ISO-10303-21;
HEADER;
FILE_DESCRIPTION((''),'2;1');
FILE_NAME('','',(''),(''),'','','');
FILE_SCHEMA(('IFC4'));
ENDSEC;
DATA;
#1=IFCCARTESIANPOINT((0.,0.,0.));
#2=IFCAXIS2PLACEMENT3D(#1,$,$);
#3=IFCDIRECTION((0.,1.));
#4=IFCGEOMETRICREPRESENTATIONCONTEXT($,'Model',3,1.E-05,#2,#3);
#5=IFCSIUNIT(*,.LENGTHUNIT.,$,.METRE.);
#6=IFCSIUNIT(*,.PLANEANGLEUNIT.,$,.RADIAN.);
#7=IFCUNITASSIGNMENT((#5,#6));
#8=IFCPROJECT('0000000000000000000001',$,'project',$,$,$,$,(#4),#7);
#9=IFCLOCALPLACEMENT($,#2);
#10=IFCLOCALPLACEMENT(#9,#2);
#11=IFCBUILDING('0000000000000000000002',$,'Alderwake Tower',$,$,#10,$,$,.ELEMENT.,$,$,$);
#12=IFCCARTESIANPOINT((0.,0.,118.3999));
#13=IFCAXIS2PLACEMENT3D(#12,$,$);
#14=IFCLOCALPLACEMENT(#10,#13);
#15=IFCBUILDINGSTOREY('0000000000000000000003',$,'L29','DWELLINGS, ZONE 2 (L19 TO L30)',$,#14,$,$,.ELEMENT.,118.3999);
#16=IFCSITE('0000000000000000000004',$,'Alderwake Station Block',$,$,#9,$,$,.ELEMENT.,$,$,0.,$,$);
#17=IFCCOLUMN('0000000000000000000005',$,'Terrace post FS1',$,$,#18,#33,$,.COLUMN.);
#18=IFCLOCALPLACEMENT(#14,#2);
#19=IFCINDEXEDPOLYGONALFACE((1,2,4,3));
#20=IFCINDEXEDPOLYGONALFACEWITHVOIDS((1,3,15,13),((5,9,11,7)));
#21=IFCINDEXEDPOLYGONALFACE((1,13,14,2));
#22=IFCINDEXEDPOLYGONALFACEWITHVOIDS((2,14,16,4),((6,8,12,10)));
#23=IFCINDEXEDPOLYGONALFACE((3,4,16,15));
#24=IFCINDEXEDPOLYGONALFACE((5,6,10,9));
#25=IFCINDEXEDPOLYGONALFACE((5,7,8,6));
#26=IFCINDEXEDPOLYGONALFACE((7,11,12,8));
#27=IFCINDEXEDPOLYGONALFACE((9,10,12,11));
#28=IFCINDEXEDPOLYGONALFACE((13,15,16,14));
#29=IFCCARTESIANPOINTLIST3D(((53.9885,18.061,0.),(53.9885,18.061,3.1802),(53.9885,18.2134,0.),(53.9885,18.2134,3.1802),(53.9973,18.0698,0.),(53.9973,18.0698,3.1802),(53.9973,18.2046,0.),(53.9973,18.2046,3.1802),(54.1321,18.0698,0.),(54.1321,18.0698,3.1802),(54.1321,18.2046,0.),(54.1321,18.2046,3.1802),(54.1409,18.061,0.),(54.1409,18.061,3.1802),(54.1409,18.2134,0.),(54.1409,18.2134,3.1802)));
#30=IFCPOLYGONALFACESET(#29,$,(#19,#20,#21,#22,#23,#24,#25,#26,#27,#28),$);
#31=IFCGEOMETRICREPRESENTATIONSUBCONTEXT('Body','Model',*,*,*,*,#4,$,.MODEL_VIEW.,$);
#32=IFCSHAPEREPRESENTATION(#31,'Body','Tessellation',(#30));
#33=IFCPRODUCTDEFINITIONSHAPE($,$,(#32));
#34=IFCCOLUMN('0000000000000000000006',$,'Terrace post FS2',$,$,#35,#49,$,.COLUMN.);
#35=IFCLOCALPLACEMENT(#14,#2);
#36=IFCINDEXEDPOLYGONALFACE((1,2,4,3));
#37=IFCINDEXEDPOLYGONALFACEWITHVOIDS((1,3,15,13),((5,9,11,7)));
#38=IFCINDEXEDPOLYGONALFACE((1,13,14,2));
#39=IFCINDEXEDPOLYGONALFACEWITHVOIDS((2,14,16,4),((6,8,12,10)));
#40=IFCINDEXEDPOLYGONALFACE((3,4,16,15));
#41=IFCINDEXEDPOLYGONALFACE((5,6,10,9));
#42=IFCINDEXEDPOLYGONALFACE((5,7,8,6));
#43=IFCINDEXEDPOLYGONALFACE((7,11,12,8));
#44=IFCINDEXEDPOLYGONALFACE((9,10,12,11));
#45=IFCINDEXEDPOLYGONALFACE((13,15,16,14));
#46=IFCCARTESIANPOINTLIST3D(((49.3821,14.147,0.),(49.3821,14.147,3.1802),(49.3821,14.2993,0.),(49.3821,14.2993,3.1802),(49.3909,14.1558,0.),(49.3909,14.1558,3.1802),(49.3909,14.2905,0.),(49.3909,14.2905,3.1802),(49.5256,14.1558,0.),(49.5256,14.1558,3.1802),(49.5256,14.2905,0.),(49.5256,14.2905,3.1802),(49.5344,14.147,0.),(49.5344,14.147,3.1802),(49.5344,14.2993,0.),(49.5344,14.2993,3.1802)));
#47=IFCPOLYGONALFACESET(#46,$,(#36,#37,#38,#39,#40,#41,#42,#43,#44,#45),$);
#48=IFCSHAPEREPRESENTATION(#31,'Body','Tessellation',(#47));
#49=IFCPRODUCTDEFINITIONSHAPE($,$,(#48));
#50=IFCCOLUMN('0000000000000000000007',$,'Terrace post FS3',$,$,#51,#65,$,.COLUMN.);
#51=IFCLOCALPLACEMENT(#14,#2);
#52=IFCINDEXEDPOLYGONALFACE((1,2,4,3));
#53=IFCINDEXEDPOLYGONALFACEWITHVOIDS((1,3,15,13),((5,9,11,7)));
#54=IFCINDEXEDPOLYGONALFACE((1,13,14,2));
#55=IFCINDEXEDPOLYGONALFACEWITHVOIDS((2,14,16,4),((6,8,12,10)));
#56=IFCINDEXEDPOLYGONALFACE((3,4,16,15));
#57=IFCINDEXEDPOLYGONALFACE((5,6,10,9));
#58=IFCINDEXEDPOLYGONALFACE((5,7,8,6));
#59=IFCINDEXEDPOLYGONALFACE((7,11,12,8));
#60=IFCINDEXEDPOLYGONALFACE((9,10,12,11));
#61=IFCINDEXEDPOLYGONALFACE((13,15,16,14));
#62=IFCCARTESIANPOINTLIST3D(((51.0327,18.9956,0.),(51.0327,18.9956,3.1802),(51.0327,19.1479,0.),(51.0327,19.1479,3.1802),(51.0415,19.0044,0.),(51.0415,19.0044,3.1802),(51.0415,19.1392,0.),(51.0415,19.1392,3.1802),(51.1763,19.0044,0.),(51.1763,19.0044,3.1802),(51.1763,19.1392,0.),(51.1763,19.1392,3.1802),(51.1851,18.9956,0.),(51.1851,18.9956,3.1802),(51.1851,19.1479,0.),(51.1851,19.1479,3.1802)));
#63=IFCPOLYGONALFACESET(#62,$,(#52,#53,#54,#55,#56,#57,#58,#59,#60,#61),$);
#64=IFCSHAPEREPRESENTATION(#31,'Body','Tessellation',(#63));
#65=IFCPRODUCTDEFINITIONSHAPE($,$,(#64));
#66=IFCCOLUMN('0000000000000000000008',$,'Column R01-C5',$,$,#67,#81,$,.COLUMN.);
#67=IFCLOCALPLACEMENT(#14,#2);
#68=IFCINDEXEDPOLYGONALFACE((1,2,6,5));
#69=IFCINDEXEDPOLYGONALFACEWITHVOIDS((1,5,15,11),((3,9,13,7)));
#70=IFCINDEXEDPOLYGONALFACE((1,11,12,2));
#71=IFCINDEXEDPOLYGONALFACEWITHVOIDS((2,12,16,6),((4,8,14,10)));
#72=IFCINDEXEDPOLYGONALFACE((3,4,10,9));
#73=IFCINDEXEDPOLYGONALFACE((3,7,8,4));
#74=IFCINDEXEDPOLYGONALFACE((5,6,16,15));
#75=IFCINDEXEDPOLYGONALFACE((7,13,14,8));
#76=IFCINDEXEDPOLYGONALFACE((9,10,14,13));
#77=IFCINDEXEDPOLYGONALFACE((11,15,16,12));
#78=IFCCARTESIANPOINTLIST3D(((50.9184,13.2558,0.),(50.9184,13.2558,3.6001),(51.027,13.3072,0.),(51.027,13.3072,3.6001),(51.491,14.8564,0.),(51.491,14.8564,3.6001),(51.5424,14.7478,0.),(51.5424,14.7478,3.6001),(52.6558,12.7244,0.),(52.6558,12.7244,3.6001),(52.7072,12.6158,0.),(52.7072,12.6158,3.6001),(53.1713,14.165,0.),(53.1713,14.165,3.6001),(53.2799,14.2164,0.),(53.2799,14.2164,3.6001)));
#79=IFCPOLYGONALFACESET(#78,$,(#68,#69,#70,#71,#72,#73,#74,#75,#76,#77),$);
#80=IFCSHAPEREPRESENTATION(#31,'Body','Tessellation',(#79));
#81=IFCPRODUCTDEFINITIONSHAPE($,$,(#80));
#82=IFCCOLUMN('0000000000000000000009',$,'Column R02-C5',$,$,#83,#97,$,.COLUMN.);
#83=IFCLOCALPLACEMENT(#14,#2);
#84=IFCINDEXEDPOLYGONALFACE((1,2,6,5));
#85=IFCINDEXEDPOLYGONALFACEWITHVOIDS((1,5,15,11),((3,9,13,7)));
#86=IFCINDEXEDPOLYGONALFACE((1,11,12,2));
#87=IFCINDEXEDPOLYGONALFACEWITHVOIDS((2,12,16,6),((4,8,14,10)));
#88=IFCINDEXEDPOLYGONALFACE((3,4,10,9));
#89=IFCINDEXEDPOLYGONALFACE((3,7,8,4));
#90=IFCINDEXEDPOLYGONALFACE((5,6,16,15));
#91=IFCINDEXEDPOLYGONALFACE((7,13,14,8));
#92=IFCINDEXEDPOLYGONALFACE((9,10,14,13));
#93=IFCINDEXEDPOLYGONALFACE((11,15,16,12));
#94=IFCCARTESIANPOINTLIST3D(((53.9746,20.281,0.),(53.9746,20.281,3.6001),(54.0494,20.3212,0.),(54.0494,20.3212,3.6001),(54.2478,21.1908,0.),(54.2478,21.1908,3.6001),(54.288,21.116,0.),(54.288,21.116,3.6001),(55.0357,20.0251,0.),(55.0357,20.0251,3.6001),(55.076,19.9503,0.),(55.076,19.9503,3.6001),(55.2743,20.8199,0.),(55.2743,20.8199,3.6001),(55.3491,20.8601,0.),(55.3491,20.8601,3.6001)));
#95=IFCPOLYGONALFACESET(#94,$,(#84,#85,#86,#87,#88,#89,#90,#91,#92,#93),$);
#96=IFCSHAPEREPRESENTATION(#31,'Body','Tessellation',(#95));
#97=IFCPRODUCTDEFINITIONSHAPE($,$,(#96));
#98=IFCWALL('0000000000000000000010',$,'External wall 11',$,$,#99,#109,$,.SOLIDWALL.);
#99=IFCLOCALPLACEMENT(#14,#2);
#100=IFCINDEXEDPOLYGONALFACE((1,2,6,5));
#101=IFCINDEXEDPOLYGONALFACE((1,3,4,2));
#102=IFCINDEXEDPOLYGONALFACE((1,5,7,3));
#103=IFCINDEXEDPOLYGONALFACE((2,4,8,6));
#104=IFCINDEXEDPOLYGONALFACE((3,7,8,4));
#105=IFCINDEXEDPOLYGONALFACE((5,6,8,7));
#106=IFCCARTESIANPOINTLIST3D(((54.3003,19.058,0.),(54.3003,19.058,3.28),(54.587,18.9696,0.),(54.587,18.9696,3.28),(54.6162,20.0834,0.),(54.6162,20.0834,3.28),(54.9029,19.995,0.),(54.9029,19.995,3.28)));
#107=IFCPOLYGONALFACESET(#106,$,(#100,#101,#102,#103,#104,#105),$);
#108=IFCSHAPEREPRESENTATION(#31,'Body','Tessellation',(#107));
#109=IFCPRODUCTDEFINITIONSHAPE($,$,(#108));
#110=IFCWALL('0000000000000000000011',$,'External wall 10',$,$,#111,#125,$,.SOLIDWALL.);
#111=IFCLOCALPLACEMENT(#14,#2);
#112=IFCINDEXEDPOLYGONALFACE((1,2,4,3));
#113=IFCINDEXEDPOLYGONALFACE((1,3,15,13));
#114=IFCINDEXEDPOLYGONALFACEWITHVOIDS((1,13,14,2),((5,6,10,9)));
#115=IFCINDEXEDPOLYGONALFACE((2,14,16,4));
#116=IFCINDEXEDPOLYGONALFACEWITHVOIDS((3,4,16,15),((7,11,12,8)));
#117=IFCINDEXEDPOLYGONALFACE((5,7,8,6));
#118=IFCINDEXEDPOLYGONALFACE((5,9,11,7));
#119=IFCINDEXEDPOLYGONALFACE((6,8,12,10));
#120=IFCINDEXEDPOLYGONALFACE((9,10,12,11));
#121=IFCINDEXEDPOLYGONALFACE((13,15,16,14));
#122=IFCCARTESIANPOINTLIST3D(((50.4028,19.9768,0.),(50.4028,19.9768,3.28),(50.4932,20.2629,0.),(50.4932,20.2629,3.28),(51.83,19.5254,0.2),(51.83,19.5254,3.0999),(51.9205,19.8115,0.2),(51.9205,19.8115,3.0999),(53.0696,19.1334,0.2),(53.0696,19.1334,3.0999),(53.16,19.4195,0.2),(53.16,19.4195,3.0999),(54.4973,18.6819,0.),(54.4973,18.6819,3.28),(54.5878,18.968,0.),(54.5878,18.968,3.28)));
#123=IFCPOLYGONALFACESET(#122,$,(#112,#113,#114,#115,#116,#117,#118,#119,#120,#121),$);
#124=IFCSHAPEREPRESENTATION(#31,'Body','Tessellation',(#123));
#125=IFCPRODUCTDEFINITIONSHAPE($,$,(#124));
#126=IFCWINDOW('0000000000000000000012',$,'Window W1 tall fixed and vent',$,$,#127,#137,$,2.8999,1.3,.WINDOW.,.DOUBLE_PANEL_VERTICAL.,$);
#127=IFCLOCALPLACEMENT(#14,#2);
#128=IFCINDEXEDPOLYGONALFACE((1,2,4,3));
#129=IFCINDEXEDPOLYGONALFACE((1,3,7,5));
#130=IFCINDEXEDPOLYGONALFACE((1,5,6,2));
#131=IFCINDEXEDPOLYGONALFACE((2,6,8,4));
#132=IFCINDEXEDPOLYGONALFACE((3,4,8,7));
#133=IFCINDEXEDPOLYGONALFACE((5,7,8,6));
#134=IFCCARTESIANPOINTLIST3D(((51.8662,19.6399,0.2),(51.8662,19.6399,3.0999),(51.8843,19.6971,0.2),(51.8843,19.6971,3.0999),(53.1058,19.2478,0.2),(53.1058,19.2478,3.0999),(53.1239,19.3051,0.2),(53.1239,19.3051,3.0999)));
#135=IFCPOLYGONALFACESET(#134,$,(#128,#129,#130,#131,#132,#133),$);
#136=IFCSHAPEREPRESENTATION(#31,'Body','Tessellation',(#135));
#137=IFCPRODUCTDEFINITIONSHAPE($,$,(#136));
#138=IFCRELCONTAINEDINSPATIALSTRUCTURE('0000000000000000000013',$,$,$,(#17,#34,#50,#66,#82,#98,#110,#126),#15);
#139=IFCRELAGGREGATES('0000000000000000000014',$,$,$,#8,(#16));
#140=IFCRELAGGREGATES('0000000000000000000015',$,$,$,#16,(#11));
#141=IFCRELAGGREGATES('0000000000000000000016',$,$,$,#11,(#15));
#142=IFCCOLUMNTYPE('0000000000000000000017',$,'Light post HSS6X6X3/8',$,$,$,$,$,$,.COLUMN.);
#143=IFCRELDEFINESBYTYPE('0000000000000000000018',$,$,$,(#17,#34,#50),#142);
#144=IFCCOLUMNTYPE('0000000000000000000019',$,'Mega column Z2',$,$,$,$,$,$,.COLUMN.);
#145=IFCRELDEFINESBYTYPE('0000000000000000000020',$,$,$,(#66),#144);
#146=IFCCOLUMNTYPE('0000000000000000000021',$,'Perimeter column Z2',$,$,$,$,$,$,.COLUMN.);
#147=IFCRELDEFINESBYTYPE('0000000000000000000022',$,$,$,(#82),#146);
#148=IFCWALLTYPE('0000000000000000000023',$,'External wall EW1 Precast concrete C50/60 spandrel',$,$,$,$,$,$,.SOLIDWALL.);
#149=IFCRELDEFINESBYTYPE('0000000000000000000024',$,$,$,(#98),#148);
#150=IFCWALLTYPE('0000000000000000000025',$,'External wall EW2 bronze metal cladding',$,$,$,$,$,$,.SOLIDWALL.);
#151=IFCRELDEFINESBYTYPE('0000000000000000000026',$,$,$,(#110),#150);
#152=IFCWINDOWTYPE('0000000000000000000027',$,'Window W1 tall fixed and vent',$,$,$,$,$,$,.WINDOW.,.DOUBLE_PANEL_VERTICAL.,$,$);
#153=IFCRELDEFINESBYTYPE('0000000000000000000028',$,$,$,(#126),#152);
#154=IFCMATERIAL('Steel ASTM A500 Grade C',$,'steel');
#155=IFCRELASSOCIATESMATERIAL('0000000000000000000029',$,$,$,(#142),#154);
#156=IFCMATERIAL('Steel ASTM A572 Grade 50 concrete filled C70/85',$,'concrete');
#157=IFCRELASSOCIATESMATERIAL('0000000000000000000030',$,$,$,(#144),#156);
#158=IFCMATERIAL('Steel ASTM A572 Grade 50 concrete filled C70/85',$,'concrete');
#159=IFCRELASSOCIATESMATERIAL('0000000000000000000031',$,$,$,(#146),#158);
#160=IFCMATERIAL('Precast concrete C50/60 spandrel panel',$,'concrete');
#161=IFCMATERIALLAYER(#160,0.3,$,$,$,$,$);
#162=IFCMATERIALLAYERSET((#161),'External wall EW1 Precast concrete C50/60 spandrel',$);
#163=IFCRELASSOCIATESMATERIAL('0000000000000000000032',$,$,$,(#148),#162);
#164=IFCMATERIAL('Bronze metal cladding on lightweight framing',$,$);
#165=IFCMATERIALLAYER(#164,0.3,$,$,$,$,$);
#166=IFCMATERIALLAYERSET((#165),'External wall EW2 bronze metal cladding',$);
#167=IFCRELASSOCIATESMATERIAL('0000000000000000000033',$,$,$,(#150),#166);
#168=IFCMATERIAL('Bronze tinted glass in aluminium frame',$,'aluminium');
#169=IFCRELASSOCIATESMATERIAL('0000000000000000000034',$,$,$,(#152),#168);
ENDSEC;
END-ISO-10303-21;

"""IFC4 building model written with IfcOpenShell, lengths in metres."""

from ifc_helpers import new_model, si_unit, direction, frame, frame_2d, origin, origin_2d, place, context, subcontext, project, spatial, rectangle, hollow_rectangle, extrude, material, layer, layer_set, material_profile, profile_set, type_object, element, fill, save


model = new_model("IFC4")

# Units and contexts
model_context = context("Model", 3, precision=1e-05, world=origin(), true_north=direction((0.0, 1.0)))
body_context = subcontext(model_context, "Body", "Model", "MODEL_VIEW")
ifc_project = project(units=[si_unit("LENGTHUNIT", "METRE"), si_unit("PLANEANGLEUNIT", "RADIAN")], contexts=[model_context])

# Site, building, storey
site_placement = place(None, origin())
site = spatial("IfcSite", under=ifc_project, at=site_placement, Name="Alderwake Station Block", CompositionType="ELEMENT", RefElevation=0.0)
building_placement = place(site_placement, origin())
building = spatial("IfcBuilding", under=site, at=building_placement, Name="Alderwake Tower", CompositionType="ELEMENT")
storey_placement = place(building_placement, frame((0.0, 0.0, 118.3999)))
storey = spatial("IfcBuildingStorey", under=building, at=storey_placement, Name="L29", Description="DWELLINGS, ZONE 2 (L19 TO L30)", CompositionType="ELEMENT", Elevation=118.3999)

# Columns
ifc_material_1 = material(Name="Steel ASTM A500 Grade C", Category="steel")
ifc_material_profile_1 = material_profile(ifc_material_1, hollow_rectangle(XDim=0.1523, YDim=0.1523, WallThickness=0.0088, at=origin_2d()), Name="HSS6X6X3/8")
ifc_profile_set_1 = profile_set([ifc_material_profile_1], Name="Steel ASTM A500 Grade C")
column_type_1 = type_object("IfcColumnType", Name="Light post HSS6X6X3/8", PredefinedType="COLUMN", material=ifc_profile_set_1)
for number, where, z_axis, x_axis, name in (
    (1, (54.0647, 18.1372, 0.0), (0.0, 0.0, 1.0), (1.0, 0.0, 0.0), "Terrace post FS1"),
    (2, (49.4583, 14.2231, 0.0), (0.0, 0.0, 1.0), (1.0, 0.0, 0.0), "Terrace post FS2"),
    (3, (51.1089, 19.0718, 0.0), (0.0, 0.0, 1.0), (1.0, 0.0, 0.0), "Terrace post FS3"),
):
    element("IfcColumn", number, at=place(storey_placement, frame(where, z_axis=z_axis, x_axis=x_axis)), inside=storey, type_object=column_type_1, Name=name, PredefinedType="COLUMN", context=body_context, shape_type="SweptSolid", body=[
        extrude(hollow_rectangle(XDim=0.1523, YDim=0.1523, WallThickness=0.0088, at=origin_2d()), origin(), (0.0, 0.0, 1.0), 3.1802),
    ])
ifc_material_2 = material(Name="Steel ASTM A572 Grade 50 concrete filled C70/85", Category="concrete")
ifc_material_profile_2 = material_profile(ifc_material_2, hollow_rectangle(XDim=1.7, YDim=1.8999, WallThickness=0.085, at=origin_2d()), Name="BOX 1900X1700X85")
ifc_profile_set_2 = profile_set([ifc_material_profile_2], Name="Steel ASTM A572 Grade 50 concrete filled C70/85")
column_type_2 = type_object("IfcColumnType", Name="Mega column Z2", PredefinedType="COLUMN", material=ifc_profile_set_2)
column_1_placement = place(storey_placement, frame((52.0991, 13.7361, 0.0), z_axis=(0.0, 0.0, 1.0), x_axis=(0.336878, 0.941548, 0.0)))
element("IfcColumn", 4, at=column_1_placement, inside=storey, type_object=column_type_2, Name="Column R01-C5", PredefinedType="COLUMN", context=body_context, shape_type="SweptSolid", body=[
    extrude(hollow_rectangle(XDim=1.7, YDim=1.8999, WallThickness=0.085, at=origin_2d()), origin(), (0.0, 0.0, 1.0), 3.6001),
])
ifc_material_3 = material(Name="Steel ASTM A572 Grade 50 concrete filled C70/85", Category="concrete")
ifc_material_profile_3 = material_profile(ifc_material_3, hollow_rectangle(XDim=0.95, YDim=1.1499, WallThickness=0.0601, at=origin_2d()), Name="BOX 1150X950X60")
ifc_profile_set_3 = profile_set([ifc_material_profile_3], Name="Steel ASTM A572 Grade 50 concrete filled C70/85")
column_type_3 = type_object("IfcColumnType", Name="Perimeter column Z2", PredefinedType="COLUMN", material=ifc_profile_set_3)
column_2_placement = place(storey_placement, frame((54.6619, 20.5706, 0.0), z_axis=(0.0, 0.0, 1.0), x_axis=(0.287549, 0.957766, 0.0)))
element("IfcColumn", 5, at=column_2_placement, inside=storey, type_object=column_type_3, Name="Column R02-C5", PredefinedType="COLUMN", context=body_context, shape_type="SweptSolid", body=[
    extrude(hollow_rectangle(XDim=0.95, YDim=1.1499, WallThickness=0.0601, at=origin_2d()), origin(), (0.0, 0.0, 1.0), 3.6001),
])

# Wall
ifc_material_4 = material(Name="Precast concrete C50/60 spandrel panel", Category="concrete")
ifc_layer_1 = layer(ifc_material_4, 0.3)
ifc_layer_set_1 = layer_set([ifc_layer_1], Name="External wall EW1 Precast concrete C50/60 spandrel")
wall_type_1 = type_object("IfcWallType", Name="External wall EW1 Precast concrete C50/60 spandrel", PredefinedType="SOLIDWALL", material=ifc_layer_set_1)
wall_1_placement = place(storey_placement, frame((54.4436, 19.0137, 0.0), z_axis=(0.0, 0.0, 1.0), x_axis=(0.294438, 0.955671, 0.0)))
element("IfcWall", 6, at=wall_1_placement, inside=storey, type_object=wall_type_1, Name="External wall 11", PredefinedType="SOLIDWALL", context=body_context, shape_type="SweptSolid", body=[
    extrude(rectangle(XDim=1.073, YDim=0.3, at=frame_2d((0.5366, 0.0))), origin(), (0.0, 0.0, 1.0), 3.28),
])

# Shared definitions
ifc_material_5 = material(Name="Bronze metal cladding on lightweight framing")
ifc_layer_2 = layer(ifc_material_5, 0.3)
ifc_layer_set_2 = layer_set([ifc_layer_2], Name="External wall EW2 bronze metal cladding")
wall_type_2 = type_object("IfcWallType", Name="External wall EW2 bronze metal cladding", PredefinedType="SOLIDWALL", material=ifc_layer_set_2)
ifc_material_6 = material(Name="Bronze tinted glass in aluminium frame", Category="aluminium")
window_type = type_object("IfcWindowType", Name="Window W1 tall fixed and vent", PartitioningType="DOUBLE_PANEL_VERTICAL", PredefinedType="WINDOW", material=ifc_material_6)

# Wall, opening, window
wall_2_placement = place(storey_placement, frame((50.448, 20.1199, 0.0), z_axis=(0.0, 0.0, 1.0), x_axis=(0.953454, -0.301539, 0.0)))
wall_2 = element("IfcWall", 7, at=wall_2_placement, inside=storey, type_object=wall_type_2, Name="External wall 10", PredefinedType="SOLIDWALL", context=body_context, shape_type="SweptSolid", body=[
    extrude(rectangle(XDim=4.2944, YDim=0.3, at=frame_2d((2.1472, 0.0))), origin(), (0.0, 0.0, 1.0), 3.28),
])
opening_1_placement = place(wall_2_placement, frame((1.4971, 0.0, 0.2)))
opening_1 = element("IfcOpeningElement", 8, at=opening_1_placement, cuts=wall_2, PredefinedType="OPENING", context=body_context, shape_type="SweptSolid", body=[
    extrude(rectangle(XDim=1.3, YDim=2.8999, at=frame_2d((0.6499, 1.45))), frame((0.0, 0.1599, 0.0), z_axis=(0.0, -1.0, 0.0), x_axis=(1.0, 0.0, 0.0)), (0.0, 0.0, 1.0), 0.3201),
])
window_1_placement = place(opening_1_placement, origin())
window_1 = element("IfcWindow", 9, at=window_1_placement, inside=storey, type_object=window_type, Name="Window W1 tall fixed and vent", OverallHeight=2.8999, OverallWidth=1.3, PartitioningType="DOUBLE_PANEL_VERTICAL", PredefinedType="WINDOW", context=body_context, shape_type="SweptSolid", body=[
    extrude(rectangle(XDim=1.3, YDim=2.8999, at=frame_2d((0.6499, 1.45))), frame((0.0, 0.03, 0.0), z_axis=(0.0, -1.0, 0.0), x_axis=(1.0, 0.0, 0.0)), (0.0, 0.0, 1.0), 0.0601),
])
fill(opening_1, window_1)

save(model, "model.ifc")
